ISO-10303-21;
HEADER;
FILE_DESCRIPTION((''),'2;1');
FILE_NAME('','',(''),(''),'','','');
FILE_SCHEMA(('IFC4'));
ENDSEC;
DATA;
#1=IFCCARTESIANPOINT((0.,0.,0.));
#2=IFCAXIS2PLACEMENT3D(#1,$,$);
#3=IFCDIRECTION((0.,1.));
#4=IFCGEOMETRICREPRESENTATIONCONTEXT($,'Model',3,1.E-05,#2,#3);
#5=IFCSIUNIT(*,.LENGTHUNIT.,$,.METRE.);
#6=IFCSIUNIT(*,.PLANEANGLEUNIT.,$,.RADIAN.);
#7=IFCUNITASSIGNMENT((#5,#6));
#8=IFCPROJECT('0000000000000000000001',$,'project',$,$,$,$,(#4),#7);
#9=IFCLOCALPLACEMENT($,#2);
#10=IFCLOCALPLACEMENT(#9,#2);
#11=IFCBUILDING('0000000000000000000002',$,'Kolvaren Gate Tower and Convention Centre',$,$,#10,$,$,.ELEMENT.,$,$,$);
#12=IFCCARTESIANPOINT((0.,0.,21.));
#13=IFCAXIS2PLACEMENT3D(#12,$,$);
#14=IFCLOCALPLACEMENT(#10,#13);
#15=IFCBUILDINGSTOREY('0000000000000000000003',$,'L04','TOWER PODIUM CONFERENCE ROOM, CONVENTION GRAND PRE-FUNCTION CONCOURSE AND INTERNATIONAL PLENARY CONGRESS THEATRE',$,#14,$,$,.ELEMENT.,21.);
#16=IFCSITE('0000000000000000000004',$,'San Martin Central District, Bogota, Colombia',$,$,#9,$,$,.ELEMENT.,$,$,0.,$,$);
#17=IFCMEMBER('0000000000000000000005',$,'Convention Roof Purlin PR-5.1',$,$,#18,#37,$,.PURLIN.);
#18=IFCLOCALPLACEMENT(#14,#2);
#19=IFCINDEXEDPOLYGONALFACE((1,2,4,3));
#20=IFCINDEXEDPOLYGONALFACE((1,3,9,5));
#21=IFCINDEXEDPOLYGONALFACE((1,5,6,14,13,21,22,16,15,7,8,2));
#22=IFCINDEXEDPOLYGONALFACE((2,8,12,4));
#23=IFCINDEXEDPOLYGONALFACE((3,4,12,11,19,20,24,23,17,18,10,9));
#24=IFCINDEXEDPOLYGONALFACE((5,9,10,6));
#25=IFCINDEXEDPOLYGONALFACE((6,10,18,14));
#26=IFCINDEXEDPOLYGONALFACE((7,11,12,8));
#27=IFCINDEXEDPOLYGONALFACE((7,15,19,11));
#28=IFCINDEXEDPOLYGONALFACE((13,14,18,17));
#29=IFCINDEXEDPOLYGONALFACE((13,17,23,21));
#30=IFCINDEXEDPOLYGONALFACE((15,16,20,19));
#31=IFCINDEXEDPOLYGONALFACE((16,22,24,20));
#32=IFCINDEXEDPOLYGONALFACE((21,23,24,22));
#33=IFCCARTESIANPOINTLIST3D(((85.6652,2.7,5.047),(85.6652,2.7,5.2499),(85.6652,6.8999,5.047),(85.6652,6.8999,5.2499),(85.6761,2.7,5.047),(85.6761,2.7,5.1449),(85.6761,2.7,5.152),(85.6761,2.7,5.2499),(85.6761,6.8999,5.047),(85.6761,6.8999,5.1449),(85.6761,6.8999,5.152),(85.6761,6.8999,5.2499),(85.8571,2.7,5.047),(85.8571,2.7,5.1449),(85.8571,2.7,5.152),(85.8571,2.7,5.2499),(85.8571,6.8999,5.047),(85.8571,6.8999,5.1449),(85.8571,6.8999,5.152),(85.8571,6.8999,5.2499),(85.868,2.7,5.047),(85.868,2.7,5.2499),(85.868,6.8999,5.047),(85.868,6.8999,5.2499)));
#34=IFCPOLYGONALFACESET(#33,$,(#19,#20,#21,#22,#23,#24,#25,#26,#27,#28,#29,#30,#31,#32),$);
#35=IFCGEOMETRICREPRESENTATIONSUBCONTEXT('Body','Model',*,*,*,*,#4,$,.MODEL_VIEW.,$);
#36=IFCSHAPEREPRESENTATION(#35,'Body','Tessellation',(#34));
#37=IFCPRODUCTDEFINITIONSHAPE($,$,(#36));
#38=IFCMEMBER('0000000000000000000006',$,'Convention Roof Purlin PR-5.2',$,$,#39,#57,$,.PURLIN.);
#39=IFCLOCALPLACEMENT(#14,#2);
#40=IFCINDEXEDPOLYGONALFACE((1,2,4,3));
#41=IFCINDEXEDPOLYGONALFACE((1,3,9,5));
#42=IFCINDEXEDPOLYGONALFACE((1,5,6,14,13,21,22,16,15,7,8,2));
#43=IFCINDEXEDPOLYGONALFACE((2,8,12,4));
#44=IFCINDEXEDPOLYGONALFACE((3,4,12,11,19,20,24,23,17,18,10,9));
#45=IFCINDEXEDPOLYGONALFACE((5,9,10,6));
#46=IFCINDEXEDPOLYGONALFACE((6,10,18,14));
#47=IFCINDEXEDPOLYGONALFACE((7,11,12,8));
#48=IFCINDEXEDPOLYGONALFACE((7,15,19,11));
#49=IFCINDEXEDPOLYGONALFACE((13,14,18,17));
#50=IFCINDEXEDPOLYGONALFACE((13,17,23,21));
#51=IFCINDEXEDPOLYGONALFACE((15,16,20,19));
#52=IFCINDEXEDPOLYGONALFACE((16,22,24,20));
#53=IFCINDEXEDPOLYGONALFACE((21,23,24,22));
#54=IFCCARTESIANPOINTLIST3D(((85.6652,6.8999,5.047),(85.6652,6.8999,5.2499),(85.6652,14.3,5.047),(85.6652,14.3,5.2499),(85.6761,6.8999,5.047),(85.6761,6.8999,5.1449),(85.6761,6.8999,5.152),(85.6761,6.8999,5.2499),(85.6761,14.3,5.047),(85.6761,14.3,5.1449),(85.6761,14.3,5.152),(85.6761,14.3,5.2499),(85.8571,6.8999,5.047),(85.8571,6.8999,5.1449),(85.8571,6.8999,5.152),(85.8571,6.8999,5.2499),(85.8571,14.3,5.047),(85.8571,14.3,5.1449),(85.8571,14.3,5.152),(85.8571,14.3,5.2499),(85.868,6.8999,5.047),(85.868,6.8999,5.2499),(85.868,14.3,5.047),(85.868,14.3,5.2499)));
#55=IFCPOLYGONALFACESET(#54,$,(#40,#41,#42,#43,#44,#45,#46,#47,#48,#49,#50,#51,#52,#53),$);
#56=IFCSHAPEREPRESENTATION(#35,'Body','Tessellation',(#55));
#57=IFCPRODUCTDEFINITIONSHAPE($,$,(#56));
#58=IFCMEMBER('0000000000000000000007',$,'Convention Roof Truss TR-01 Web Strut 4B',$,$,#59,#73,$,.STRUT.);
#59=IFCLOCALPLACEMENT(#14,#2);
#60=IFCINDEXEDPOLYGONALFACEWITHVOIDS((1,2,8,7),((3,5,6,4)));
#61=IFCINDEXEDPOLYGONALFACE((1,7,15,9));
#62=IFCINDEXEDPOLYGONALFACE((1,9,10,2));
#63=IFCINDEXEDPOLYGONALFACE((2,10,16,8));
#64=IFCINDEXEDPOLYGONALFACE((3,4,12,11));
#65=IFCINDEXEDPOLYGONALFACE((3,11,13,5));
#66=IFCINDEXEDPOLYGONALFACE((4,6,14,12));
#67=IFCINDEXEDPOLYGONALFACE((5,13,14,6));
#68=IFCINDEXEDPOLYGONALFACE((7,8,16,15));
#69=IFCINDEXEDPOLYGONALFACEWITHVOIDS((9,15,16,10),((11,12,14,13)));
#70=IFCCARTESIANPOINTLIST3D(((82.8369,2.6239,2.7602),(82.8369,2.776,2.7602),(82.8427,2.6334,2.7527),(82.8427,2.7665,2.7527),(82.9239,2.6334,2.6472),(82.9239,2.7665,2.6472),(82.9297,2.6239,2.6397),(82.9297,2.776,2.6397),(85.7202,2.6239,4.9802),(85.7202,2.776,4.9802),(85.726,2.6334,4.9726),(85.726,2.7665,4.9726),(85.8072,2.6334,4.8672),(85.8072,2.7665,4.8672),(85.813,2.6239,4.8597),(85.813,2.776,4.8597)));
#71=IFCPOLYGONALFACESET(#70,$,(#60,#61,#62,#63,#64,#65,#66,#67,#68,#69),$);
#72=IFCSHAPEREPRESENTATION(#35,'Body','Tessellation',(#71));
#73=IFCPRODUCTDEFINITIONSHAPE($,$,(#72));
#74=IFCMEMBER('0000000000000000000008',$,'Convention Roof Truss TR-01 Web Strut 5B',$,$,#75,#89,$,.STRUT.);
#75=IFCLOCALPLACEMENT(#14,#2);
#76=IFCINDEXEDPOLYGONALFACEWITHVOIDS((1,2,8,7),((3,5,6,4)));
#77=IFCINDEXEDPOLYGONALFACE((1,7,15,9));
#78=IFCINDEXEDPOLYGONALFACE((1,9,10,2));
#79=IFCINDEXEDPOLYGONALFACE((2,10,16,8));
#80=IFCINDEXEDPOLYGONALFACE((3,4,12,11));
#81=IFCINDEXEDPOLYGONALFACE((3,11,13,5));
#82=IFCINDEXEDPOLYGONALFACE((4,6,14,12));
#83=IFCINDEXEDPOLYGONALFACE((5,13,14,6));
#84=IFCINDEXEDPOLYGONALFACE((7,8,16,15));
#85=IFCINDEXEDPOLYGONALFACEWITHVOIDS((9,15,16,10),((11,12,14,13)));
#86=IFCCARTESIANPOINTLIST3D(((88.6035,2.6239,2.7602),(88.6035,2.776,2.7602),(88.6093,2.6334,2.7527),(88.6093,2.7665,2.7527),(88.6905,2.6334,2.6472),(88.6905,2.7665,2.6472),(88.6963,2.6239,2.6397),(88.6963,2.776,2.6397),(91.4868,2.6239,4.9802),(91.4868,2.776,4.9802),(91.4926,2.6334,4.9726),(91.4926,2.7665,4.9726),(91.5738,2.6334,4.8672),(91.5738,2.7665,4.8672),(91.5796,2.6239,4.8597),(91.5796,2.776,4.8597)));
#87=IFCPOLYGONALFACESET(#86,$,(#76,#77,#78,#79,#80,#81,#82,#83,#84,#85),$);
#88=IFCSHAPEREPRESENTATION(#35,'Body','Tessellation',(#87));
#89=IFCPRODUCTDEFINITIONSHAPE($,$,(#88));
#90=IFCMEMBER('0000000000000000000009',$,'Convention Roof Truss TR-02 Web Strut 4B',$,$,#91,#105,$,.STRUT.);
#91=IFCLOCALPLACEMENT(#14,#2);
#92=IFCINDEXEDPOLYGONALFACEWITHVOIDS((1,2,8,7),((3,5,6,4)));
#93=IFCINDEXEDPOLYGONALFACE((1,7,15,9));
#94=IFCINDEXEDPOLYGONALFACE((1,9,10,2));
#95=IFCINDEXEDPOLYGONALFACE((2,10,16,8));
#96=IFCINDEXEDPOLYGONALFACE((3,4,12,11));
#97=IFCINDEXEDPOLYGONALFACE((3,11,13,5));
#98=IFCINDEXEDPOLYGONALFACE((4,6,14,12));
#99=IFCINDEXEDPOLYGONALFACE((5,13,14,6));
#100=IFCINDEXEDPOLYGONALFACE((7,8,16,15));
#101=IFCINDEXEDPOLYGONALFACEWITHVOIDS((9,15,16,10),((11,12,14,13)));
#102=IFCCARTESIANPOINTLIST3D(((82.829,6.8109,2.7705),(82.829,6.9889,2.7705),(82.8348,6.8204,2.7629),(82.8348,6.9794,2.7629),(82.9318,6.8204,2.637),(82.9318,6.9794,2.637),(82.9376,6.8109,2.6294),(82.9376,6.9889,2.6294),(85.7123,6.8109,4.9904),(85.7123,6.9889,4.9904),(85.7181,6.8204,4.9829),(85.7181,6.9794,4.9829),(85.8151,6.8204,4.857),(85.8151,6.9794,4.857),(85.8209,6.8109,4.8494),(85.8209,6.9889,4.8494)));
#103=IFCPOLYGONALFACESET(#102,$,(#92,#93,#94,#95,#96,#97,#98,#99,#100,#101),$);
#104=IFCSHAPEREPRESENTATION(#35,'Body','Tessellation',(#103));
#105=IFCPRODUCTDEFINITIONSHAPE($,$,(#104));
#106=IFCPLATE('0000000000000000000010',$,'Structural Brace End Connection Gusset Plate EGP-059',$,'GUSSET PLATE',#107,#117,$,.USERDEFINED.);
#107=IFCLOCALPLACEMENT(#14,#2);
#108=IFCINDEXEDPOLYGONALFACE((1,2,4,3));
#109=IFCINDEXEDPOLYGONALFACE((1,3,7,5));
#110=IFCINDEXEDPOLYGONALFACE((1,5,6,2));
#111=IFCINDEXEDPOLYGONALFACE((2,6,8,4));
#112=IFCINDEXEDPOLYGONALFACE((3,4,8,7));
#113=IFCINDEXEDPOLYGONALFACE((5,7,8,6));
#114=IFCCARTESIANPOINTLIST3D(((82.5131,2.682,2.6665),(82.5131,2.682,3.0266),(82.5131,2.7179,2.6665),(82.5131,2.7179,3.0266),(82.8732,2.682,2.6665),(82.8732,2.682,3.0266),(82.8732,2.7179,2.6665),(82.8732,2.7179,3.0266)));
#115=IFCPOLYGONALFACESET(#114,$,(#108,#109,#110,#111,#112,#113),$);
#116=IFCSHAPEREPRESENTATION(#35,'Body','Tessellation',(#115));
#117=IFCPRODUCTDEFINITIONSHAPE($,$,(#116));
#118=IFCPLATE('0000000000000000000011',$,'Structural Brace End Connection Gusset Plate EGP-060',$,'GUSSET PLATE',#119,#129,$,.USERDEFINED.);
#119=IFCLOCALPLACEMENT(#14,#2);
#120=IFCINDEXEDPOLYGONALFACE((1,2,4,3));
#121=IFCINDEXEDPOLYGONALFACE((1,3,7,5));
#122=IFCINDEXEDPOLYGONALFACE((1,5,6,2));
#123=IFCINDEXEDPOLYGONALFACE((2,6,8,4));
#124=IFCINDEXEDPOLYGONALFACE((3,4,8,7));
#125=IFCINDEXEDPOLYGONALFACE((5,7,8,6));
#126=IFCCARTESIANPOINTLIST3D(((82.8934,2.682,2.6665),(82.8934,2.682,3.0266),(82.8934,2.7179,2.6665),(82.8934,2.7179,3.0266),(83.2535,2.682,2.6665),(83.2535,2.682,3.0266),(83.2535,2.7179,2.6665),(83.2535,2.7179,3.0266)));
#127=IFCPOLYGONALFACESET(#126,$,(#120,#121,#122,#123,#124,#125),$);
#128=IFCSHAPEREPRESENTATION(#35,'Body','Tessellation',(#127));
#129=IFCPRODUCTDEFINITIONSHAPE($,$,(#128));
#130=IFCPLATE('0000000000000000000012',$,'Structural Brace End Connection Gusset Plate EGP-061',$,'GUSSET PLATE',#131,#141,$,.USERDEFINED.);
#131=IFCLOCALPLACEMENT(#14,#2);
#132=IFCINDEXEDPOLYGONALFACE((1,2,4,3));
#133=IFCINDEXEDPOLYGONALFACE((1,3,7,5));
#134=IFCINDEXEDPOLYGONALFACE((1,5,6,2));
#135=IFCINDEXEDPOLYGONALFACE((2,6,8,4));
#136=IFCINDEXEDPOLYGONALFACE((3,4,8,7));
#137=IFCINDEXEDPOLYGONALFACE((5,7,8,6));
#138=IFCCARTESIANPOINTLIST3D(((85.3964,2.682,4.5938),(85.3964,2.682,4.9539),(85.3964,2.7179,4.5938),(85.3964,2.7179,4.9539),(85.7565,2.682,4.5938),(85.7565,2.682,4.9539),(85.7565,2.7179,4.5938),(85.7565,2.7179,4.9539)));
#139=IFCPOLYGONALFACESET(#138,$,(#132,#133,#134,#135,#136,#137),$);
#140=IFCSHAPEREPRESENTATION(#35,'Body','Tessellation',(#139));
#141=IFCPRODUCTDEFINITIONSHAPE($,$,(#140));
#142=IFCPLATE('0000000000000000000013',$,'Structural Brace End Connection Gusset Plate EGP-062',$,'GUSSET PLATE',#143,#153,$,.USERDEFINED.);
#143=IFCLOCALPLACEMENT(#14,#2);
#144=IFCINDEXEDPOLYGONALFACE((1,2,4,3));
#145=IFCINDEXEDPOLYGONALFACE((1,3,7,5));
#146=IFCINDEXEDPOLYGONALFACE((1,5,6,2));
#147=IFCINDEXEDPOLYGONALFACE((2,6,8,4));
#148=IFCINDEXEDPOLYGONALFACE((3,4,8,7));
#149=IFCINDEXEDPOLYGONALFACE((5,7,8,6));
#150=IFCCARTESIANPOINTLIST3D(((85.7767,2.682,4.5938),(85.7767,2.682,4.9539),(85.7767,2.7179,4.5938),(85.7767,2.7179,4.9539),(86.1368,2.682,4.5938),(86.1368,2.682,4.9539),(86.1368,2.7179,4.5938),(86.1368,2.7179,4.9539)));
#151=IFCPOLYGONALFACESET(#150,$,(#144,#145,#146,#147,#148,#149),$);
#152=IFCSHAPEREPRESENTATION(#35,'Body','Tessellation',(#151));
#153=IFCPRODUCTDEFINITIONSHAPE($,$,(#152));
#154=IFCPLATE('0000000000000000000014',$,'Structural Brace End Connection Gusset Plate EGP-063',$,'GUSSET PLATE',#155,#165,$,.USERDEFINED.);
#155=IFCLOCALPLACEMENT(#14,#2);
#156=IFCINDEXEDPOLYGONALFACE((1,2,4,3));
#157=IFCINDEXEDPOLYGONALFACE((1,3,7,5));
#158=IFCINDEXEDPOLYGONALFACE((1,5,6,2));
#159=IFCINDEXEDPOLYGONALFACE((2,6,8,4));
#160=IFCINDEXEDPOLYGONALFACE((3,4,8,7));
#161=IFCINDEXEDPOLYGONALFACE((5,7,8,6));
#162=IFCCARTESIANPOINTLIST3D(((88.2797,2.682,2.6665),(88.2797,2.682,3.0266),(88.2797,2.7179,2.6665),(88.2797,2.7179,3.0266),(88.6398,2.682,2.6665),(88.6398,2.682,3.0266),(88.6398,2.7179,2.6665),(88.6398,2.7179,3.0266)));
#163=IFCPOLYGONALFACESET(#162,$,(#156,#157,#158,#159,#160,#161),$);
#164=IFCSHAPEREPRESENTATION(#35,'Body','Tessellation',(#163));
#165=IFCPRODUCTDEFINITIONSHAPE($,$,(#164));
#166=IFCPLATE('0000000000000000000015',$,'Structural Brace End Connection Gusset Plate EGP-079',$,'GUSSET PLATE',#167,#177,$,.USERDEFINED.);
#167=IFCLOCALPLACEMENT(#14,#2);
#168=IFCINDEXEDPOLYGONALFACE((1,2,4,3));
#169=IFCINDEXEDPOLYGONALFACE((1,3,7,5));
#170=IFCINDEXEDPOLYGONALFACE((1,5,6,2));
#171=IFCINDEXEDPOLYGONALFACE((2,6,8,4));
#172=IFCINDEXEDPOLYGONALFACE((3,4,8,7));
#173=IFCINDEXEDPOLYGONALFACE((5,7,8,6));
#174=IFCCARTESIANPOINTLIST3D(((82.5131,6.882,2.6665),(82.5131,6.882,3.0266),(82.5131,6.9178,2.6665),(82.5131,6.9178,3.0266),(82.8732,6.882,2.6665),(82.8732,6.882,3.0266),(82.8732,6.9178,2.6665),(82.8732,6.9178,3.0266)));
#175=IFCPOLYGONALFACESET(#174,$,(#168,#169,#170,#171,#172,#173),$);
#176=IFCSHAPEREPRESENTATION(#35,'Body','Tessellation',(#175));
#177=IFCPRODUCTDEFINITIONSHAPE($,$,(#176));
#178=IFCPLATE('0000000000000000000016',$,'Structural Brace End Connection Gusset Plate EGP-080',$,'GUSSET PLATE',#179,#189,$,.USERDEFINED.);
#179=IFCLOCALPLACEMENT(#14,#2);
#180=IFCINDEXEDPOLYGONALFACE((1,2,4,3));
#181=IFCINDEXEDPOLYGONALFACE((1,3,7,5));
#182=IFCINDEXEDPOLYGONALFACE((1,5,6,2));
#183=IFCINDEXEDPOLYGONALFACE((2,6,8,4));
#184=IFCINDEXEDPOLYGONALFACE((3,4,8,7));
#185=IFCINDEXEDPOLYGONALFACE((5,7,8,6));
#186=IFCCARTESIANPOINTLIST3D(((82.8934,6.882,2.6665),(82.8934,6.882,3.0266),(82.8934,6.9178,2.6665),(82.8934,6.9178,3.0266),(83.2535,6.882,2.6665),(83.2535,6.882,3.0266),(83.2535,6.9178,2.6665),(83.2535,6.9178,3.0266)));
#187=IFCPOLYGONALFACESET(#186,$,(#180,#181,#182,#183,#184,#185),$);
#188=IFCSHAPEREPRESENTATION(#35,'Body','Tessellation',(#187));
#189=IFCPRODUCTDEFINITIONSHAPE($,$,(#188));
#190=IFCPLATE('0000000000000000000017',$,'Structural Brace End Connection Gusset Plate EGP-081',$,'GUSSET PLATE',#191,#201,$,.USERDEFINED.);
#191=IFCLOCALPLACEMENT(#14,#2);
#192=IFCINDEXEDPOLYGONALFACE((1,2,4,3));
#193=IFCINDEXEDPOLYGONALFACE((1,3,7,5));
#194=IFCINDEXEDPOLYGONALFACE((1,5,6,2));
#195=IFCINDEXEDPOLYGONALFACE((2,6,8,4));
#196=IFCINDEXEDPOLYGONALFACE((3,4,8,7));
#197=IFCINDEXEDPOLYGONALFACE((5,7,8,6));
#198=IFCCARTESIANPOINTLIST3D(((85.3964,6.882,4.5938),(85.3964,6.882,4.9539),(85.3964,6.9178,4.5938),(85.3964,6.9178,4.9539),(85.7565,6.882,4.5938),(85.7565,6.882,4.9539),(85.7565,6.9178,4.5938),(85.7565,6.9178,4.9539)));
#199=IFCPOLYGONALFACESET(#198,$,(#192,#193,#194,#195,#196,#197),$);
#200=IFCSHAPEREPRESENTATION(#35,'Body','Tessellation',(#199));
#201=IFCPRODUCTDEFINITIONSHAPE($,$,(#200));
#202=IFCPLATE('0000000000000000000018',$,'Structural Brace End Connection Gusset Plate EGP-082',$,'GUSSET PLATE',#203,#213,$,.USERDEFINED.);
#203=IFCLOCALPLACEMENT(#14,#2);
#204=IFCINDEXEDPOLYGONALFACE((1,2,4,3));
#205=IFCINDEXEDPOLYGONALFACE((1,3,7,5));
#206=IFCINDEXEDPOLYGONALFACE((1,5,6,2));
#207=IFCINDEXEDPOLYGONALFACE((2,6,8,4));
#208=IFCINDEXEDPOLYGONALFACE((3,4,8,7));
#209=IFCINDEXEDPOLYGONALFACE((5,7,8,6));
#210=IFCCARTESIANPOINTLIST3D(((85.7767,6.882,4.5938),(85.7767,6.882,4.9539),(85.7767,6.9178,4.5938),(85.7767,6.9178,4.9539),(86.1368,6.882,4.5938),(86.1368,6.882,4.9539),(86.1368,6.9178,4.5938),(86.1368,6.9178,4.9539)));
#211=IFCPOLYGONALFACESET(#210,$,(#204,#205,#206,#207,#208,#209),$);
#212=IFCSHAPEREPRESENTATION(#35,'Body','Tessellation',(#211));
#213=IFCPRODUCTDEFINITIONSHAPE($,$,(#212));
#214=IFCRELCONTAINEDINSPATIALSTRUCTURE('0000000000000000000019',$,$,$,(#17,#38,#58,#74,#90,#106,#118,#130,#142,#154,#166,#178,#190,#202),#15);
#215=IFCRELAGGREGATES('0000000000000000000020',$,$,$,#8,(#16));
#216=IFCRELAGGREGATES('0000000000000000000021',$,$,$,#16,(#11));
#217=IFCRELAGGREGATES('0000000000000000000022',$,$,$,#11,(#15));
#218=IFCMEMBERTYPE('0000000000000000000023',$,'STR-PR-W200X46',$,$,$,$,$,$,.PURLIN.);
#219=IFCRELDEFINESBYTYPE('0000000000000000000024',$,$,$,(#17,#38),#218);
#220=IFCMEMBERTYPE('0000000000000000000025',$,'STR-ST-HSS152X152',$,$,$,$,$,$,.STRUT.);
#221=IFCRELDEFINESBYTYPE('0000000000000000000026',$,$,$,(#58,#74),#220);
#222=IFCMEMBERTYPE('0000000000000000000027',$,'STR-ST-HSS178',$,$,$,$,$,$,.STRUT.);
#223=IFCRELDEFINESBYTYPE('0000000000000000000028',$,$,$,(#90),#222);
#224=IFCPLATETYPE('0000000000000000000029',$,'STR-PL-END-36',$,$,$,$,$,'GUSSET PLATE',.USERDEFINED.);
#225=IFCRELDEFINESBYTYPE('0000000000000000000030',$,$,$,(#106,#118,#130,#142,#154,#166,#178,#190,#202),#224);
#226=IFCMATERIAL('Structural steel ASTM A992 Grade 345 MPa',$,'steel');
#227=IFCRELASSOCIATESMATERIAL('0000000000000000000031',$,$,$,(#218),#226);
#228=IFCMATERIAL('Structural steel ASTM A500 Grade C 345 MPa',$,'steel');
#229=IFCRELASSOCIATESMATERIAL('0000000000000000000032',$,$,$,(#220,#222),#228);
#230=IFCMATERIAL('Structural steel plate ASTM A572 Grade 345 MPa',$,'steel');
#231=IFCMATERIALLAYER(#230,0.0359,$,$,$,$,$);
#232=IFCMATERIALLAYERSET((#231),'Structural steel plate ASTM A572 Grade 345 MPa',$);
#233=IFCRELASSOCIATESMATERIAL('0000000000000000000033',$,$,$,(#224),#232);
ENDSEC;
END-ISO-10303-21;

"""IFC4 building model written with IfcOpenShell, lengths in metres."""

from ifc_helpers import new_model, si_unit, direction, frame, origin, origin_2d, place, context, subcontext, project, spatial, rectangle, hollow_rectangle, i_section, extrude, material, layer, layer_set, material_profile, profile_set, type_object, element, save


model = new_model("IFC4")

# Units and contexts
model_context = context("Model", 3, precision=1e-05, world=origin(), true_north=direction((0.0, 1.0)))
body_context = subcontext(model_context, "Body", "Model", "MODEL_VIEW")
ifc_project = project(units=[si_unit("LENGTHUNIT", "METRE"), si_unit("PLANEANGLEUNIT", "RADIAN")], contexts=[model_context])

# Site, building, storey
site_placement = place(None, origin())
site = spatial("IfcSite", under=ifc_project, at=site_placement, Name="San Martin Central District, Bogota, Colombia", CompositionType="ELEMENT", RefElevation=0.0)
building_placement = place(site_placement, origin())
building = spatial("IfcBuilding", under=site, at=building_placement, Name="Kolvaren Gate Tower and Convention Centre", CompositionType="ELEMENT")
storey_placement = place(building_placement, frame((0.0, 0.0, 21.0)))
storey = spatial("IfcBuildingStorey", under=building, at=storey_placement, Name="L04", Description="TOWER PODIUM CONFERENCE ROOM, CONVENTION GRAND PRE-FUNCTION CONCOURSE AND INTERNATIONAL PLENARY CONGRESS THEATRE", CompositionType="ELEMENT", Elevation=21.0)

# Shared definitions
ifc_material_1 = material(Name="Structural steel ASTM A992 Grade 345 MPa", Category="steel")

# Members
ifc_material_2 = material(Name="Structural steel ASTM A500 Grade C 345 MPa", Category="steel")
ifc_material_profile_1 = material_profile(ifc_material_1, i_section(OverallWidth=0.2029, OverallDepth=0.2029, WebThickness=0.0071, FlangeThickness=0.011, at=origin_2d()), Name="W200X46")
ifc_profile_set_1 = profile_set([ifc_material_profile_1], Name="Structural steel ASTM A992 Grade 345 MPa")
member_type_1 = type_object("IfcMemberType", Name="STR-PR-W200X46", PredefinedType="PURLIN", material=ifc_profile_set_1)
member_1_placement = place(storey_placement, frame((85.7666, 2.7, 5.1484), z_axis=(0.0, 1.0, 0.0), x_axis=(0.0, 0.0, 1.0)))
element("IfcMember", 1, at=member_1_placement, inside=storey, type_object=member_type_1, Name="Convention Roof Purlin PR-5.1", PredefinedType="PURLIN", context=body_context, shape_type="SweptSolid", body=[
    extrude(i_section(OverallWidth=0.2029, OverallDepth=0.2029, WebThickness=0.0071, FlangeThickness=0.011, at=origin_2d()), origin(), (0.0, 0.0, 1.0), 4.2),
])
member_2_placement = place(storey_placement, frame((85.7666, 6.8999, 5.1484), z_axis=(0.0, 1.0, 0.0), x_axis=(0.0, 0.0, 1.0)))
element("IfcMember", 2, at=member_2_placement, inside=storey, type_object=member_type_1, Name="Convention Roof Purlin PR-5.2", PredefinedType="PURLIN", context=body_context, shape_type="SweptSolid", body=[
    extrude(i_section(OverallWidth=0.2029, OverallDepth=0.2029, WebThickness=0.0071, FlangeThickness=0.011, at=origin_2d()), origin(), (0.0, 0.0, 1.0), 7.4001),
])
ifc_material_profile_2 = material_profile(ifc_material_2, hollow_rectangle(XDim=0.1521, YDim=0.1521, WallThickness=0.0095, at=origin_2d()), Name="HSS152X152X9.5")
ifc_profile_set_2 = profile_set([ifc_material_profile_2], Name="Structural steel ASTM A500 Grade C 345 MPa")
member_type_2 = type_object("IfcMemberType", Name="STR-ST-HSS152X152", PredefinedType="STRUT", material=ifc_profile_set_2)
for number, where, z_axis, x_axis, name in (
    (3, (82.8833, 2.7, 2.7), (0.792352, 0.0, 0.610064), (0.0, 1.0, 0.0), "Convention Roof Truss TR-01 Web Strut 4B"),
    (4, (88.6499, 2.7, 2.7), (0.792352, 0.0, 0.610064), (0.0, 1.0, 0.0), "Convention Roof Truss TR-01 Web Strut 5B"),
):
    element("IfcMember", number, at=place(storey_placement, frame(where, z_axis=z_axis, x_axis=x_axis)), inside=storey, type_object=member_type_2, Name=name, PredefinedType="STRUT", context=body_context, shape_type="SweptSolid", body=[
        extrude(hollow_rectangle(XDim=0.1521, YDim=0.1521, WallThickness=0.0095, at=origin_2d()), origin(), (0.0, 0.0, 1.0), 3.6389),
    ])
ifc_material_profile_3 = material_profile(ifc_material_2, hollow_rectangle(XDim=0.178, YDim=0.178, WallThickness=0.0095, at=origin_2d()), Name="HSS178X178X9.5")
ifc_profile_set_3 = profile_set([ifc_material_profile_3], Name="Structural steel ASTM A500 Grade C 345 MPa")
member_type_3 = type_object("IfcMemberType", Name="STR-ST-HSS178", PredefinedType="STRUT", material=ifc_profile_set_3)
member_3_placement = place(storey_placement, frame((82.8833, 6.8999, 2.7), z_axis=(0.792352, 0.0, 0.610064), x_axis=(0.0, 1.0, 0.0)))
element("IfcMember", 5, at=member_3_placement, inside=storey, type_object=member_type_3, Name="Convention Roof Truss TR-02 Web Strut 4B", PredefinedType="STRUT", context=body_context, shape_type="SweptSolid", body=[
    extrude(hollow_rectangle(XDim=0.178, YDim=0.178, WallThickness=0.0095, at=origin_2d()), origin(), (0.0, 0.0, 1.0), 3.6389),
])

# Plates
ifc_material_3 = material(Name="Structural steel plate ASTM A572 Grade 345 MPa", Category="steel")
ifc_layer_1 = layer(ifc_material_3, 0.0359)
ifc_layer_set_1 = layer_set([ifc_layer_1], Name="Structural steel plate ASTM A572 Grade 345 MPa")
plate_type = type_object("IfcPlateType", Name="STR-PL-END-36", ElementType="GUSSET PLATE", PredefinedType="USERDEFINED", material=ifc_layer_set_1)
for number, where, z_axis, x_axis, name in (
    (6, (82.6931, 2.7, 2.6665), (0.0, 0.0, 1.0), (1.0, 0.0, 0.0), "Structural Brace End Connection Gusset Plate EGP-059"),
    (7, (83.0735, 2.7, 2.6665), (0.0, 0.0, 1.0), (1.0, 0.0, 0.0), "Structural Brace End Connection Gusset Plate EGP-060"),
    (8, (85.5764, 2.7, 4.5938), (0.0, 0.0, 1.0), (1.0, 0.0, 0.0), "Structural Brace End Connection Gusset Plate EGP-061"),
    (9, (85.9568, 2.7, 4.5938), (0.0, 0.0, 1.0), (1.0, 0.0, 0.0), "Structural Brace End Connection Gusset Plate EGP-062"),
    (10, (88.4597, 2.7, 2.6665), (0.0, 0.0, 1.0), (1.0, 0.0, 0.0), "Structural Brace End Connection Gusset Plate EGP-063"),
    (11, (82.6931, 6.8999, 2.6665), (0.0, 0.0, 1.0), (1.0, 0.0, 0.0), "Structural Brace End Connection Gusset Plate EGP-079"),
    (12, (83.0735, 6.8999, 2.6665), (0.0, 0.0, 1.0), (1.0, 0.0, 0.0), "Structural Brace End Connection Gusset Plate EGP-080"),
    (13, (85.5764, 6.8999, 4.5938), (0.0, 0.0, 1.0), (1.0, 0.0, 0.0), "Structural Brace End Connection Gusset Plate EGP-081"),
    (14, (85.9568, 6.8999, 4.5938), (0.0, 0.0, 1.0), (1.0, 0.0, 0.0), "Structural Brace End Connection Gusset Plate EGP-082"),
):
    element("IfcPlate", number, at=place(storey_placement, frame(where, z_axis=z_axis, x_axis=x_axis)), inside=storey, type_object=plate_type, Name=name, ObjectType="GUSSET PLATE", PredefinedType="USERDEFINED", context=body_context, shape_type="SweptSolid", body=[
        extrude(rectangle(XDim=0.3601, YDim=0.0359, at=origin_2d()), origin(), (0.0, 0.0, 1.0), 0.3601),
    ])

save(model, "model.ifc")
